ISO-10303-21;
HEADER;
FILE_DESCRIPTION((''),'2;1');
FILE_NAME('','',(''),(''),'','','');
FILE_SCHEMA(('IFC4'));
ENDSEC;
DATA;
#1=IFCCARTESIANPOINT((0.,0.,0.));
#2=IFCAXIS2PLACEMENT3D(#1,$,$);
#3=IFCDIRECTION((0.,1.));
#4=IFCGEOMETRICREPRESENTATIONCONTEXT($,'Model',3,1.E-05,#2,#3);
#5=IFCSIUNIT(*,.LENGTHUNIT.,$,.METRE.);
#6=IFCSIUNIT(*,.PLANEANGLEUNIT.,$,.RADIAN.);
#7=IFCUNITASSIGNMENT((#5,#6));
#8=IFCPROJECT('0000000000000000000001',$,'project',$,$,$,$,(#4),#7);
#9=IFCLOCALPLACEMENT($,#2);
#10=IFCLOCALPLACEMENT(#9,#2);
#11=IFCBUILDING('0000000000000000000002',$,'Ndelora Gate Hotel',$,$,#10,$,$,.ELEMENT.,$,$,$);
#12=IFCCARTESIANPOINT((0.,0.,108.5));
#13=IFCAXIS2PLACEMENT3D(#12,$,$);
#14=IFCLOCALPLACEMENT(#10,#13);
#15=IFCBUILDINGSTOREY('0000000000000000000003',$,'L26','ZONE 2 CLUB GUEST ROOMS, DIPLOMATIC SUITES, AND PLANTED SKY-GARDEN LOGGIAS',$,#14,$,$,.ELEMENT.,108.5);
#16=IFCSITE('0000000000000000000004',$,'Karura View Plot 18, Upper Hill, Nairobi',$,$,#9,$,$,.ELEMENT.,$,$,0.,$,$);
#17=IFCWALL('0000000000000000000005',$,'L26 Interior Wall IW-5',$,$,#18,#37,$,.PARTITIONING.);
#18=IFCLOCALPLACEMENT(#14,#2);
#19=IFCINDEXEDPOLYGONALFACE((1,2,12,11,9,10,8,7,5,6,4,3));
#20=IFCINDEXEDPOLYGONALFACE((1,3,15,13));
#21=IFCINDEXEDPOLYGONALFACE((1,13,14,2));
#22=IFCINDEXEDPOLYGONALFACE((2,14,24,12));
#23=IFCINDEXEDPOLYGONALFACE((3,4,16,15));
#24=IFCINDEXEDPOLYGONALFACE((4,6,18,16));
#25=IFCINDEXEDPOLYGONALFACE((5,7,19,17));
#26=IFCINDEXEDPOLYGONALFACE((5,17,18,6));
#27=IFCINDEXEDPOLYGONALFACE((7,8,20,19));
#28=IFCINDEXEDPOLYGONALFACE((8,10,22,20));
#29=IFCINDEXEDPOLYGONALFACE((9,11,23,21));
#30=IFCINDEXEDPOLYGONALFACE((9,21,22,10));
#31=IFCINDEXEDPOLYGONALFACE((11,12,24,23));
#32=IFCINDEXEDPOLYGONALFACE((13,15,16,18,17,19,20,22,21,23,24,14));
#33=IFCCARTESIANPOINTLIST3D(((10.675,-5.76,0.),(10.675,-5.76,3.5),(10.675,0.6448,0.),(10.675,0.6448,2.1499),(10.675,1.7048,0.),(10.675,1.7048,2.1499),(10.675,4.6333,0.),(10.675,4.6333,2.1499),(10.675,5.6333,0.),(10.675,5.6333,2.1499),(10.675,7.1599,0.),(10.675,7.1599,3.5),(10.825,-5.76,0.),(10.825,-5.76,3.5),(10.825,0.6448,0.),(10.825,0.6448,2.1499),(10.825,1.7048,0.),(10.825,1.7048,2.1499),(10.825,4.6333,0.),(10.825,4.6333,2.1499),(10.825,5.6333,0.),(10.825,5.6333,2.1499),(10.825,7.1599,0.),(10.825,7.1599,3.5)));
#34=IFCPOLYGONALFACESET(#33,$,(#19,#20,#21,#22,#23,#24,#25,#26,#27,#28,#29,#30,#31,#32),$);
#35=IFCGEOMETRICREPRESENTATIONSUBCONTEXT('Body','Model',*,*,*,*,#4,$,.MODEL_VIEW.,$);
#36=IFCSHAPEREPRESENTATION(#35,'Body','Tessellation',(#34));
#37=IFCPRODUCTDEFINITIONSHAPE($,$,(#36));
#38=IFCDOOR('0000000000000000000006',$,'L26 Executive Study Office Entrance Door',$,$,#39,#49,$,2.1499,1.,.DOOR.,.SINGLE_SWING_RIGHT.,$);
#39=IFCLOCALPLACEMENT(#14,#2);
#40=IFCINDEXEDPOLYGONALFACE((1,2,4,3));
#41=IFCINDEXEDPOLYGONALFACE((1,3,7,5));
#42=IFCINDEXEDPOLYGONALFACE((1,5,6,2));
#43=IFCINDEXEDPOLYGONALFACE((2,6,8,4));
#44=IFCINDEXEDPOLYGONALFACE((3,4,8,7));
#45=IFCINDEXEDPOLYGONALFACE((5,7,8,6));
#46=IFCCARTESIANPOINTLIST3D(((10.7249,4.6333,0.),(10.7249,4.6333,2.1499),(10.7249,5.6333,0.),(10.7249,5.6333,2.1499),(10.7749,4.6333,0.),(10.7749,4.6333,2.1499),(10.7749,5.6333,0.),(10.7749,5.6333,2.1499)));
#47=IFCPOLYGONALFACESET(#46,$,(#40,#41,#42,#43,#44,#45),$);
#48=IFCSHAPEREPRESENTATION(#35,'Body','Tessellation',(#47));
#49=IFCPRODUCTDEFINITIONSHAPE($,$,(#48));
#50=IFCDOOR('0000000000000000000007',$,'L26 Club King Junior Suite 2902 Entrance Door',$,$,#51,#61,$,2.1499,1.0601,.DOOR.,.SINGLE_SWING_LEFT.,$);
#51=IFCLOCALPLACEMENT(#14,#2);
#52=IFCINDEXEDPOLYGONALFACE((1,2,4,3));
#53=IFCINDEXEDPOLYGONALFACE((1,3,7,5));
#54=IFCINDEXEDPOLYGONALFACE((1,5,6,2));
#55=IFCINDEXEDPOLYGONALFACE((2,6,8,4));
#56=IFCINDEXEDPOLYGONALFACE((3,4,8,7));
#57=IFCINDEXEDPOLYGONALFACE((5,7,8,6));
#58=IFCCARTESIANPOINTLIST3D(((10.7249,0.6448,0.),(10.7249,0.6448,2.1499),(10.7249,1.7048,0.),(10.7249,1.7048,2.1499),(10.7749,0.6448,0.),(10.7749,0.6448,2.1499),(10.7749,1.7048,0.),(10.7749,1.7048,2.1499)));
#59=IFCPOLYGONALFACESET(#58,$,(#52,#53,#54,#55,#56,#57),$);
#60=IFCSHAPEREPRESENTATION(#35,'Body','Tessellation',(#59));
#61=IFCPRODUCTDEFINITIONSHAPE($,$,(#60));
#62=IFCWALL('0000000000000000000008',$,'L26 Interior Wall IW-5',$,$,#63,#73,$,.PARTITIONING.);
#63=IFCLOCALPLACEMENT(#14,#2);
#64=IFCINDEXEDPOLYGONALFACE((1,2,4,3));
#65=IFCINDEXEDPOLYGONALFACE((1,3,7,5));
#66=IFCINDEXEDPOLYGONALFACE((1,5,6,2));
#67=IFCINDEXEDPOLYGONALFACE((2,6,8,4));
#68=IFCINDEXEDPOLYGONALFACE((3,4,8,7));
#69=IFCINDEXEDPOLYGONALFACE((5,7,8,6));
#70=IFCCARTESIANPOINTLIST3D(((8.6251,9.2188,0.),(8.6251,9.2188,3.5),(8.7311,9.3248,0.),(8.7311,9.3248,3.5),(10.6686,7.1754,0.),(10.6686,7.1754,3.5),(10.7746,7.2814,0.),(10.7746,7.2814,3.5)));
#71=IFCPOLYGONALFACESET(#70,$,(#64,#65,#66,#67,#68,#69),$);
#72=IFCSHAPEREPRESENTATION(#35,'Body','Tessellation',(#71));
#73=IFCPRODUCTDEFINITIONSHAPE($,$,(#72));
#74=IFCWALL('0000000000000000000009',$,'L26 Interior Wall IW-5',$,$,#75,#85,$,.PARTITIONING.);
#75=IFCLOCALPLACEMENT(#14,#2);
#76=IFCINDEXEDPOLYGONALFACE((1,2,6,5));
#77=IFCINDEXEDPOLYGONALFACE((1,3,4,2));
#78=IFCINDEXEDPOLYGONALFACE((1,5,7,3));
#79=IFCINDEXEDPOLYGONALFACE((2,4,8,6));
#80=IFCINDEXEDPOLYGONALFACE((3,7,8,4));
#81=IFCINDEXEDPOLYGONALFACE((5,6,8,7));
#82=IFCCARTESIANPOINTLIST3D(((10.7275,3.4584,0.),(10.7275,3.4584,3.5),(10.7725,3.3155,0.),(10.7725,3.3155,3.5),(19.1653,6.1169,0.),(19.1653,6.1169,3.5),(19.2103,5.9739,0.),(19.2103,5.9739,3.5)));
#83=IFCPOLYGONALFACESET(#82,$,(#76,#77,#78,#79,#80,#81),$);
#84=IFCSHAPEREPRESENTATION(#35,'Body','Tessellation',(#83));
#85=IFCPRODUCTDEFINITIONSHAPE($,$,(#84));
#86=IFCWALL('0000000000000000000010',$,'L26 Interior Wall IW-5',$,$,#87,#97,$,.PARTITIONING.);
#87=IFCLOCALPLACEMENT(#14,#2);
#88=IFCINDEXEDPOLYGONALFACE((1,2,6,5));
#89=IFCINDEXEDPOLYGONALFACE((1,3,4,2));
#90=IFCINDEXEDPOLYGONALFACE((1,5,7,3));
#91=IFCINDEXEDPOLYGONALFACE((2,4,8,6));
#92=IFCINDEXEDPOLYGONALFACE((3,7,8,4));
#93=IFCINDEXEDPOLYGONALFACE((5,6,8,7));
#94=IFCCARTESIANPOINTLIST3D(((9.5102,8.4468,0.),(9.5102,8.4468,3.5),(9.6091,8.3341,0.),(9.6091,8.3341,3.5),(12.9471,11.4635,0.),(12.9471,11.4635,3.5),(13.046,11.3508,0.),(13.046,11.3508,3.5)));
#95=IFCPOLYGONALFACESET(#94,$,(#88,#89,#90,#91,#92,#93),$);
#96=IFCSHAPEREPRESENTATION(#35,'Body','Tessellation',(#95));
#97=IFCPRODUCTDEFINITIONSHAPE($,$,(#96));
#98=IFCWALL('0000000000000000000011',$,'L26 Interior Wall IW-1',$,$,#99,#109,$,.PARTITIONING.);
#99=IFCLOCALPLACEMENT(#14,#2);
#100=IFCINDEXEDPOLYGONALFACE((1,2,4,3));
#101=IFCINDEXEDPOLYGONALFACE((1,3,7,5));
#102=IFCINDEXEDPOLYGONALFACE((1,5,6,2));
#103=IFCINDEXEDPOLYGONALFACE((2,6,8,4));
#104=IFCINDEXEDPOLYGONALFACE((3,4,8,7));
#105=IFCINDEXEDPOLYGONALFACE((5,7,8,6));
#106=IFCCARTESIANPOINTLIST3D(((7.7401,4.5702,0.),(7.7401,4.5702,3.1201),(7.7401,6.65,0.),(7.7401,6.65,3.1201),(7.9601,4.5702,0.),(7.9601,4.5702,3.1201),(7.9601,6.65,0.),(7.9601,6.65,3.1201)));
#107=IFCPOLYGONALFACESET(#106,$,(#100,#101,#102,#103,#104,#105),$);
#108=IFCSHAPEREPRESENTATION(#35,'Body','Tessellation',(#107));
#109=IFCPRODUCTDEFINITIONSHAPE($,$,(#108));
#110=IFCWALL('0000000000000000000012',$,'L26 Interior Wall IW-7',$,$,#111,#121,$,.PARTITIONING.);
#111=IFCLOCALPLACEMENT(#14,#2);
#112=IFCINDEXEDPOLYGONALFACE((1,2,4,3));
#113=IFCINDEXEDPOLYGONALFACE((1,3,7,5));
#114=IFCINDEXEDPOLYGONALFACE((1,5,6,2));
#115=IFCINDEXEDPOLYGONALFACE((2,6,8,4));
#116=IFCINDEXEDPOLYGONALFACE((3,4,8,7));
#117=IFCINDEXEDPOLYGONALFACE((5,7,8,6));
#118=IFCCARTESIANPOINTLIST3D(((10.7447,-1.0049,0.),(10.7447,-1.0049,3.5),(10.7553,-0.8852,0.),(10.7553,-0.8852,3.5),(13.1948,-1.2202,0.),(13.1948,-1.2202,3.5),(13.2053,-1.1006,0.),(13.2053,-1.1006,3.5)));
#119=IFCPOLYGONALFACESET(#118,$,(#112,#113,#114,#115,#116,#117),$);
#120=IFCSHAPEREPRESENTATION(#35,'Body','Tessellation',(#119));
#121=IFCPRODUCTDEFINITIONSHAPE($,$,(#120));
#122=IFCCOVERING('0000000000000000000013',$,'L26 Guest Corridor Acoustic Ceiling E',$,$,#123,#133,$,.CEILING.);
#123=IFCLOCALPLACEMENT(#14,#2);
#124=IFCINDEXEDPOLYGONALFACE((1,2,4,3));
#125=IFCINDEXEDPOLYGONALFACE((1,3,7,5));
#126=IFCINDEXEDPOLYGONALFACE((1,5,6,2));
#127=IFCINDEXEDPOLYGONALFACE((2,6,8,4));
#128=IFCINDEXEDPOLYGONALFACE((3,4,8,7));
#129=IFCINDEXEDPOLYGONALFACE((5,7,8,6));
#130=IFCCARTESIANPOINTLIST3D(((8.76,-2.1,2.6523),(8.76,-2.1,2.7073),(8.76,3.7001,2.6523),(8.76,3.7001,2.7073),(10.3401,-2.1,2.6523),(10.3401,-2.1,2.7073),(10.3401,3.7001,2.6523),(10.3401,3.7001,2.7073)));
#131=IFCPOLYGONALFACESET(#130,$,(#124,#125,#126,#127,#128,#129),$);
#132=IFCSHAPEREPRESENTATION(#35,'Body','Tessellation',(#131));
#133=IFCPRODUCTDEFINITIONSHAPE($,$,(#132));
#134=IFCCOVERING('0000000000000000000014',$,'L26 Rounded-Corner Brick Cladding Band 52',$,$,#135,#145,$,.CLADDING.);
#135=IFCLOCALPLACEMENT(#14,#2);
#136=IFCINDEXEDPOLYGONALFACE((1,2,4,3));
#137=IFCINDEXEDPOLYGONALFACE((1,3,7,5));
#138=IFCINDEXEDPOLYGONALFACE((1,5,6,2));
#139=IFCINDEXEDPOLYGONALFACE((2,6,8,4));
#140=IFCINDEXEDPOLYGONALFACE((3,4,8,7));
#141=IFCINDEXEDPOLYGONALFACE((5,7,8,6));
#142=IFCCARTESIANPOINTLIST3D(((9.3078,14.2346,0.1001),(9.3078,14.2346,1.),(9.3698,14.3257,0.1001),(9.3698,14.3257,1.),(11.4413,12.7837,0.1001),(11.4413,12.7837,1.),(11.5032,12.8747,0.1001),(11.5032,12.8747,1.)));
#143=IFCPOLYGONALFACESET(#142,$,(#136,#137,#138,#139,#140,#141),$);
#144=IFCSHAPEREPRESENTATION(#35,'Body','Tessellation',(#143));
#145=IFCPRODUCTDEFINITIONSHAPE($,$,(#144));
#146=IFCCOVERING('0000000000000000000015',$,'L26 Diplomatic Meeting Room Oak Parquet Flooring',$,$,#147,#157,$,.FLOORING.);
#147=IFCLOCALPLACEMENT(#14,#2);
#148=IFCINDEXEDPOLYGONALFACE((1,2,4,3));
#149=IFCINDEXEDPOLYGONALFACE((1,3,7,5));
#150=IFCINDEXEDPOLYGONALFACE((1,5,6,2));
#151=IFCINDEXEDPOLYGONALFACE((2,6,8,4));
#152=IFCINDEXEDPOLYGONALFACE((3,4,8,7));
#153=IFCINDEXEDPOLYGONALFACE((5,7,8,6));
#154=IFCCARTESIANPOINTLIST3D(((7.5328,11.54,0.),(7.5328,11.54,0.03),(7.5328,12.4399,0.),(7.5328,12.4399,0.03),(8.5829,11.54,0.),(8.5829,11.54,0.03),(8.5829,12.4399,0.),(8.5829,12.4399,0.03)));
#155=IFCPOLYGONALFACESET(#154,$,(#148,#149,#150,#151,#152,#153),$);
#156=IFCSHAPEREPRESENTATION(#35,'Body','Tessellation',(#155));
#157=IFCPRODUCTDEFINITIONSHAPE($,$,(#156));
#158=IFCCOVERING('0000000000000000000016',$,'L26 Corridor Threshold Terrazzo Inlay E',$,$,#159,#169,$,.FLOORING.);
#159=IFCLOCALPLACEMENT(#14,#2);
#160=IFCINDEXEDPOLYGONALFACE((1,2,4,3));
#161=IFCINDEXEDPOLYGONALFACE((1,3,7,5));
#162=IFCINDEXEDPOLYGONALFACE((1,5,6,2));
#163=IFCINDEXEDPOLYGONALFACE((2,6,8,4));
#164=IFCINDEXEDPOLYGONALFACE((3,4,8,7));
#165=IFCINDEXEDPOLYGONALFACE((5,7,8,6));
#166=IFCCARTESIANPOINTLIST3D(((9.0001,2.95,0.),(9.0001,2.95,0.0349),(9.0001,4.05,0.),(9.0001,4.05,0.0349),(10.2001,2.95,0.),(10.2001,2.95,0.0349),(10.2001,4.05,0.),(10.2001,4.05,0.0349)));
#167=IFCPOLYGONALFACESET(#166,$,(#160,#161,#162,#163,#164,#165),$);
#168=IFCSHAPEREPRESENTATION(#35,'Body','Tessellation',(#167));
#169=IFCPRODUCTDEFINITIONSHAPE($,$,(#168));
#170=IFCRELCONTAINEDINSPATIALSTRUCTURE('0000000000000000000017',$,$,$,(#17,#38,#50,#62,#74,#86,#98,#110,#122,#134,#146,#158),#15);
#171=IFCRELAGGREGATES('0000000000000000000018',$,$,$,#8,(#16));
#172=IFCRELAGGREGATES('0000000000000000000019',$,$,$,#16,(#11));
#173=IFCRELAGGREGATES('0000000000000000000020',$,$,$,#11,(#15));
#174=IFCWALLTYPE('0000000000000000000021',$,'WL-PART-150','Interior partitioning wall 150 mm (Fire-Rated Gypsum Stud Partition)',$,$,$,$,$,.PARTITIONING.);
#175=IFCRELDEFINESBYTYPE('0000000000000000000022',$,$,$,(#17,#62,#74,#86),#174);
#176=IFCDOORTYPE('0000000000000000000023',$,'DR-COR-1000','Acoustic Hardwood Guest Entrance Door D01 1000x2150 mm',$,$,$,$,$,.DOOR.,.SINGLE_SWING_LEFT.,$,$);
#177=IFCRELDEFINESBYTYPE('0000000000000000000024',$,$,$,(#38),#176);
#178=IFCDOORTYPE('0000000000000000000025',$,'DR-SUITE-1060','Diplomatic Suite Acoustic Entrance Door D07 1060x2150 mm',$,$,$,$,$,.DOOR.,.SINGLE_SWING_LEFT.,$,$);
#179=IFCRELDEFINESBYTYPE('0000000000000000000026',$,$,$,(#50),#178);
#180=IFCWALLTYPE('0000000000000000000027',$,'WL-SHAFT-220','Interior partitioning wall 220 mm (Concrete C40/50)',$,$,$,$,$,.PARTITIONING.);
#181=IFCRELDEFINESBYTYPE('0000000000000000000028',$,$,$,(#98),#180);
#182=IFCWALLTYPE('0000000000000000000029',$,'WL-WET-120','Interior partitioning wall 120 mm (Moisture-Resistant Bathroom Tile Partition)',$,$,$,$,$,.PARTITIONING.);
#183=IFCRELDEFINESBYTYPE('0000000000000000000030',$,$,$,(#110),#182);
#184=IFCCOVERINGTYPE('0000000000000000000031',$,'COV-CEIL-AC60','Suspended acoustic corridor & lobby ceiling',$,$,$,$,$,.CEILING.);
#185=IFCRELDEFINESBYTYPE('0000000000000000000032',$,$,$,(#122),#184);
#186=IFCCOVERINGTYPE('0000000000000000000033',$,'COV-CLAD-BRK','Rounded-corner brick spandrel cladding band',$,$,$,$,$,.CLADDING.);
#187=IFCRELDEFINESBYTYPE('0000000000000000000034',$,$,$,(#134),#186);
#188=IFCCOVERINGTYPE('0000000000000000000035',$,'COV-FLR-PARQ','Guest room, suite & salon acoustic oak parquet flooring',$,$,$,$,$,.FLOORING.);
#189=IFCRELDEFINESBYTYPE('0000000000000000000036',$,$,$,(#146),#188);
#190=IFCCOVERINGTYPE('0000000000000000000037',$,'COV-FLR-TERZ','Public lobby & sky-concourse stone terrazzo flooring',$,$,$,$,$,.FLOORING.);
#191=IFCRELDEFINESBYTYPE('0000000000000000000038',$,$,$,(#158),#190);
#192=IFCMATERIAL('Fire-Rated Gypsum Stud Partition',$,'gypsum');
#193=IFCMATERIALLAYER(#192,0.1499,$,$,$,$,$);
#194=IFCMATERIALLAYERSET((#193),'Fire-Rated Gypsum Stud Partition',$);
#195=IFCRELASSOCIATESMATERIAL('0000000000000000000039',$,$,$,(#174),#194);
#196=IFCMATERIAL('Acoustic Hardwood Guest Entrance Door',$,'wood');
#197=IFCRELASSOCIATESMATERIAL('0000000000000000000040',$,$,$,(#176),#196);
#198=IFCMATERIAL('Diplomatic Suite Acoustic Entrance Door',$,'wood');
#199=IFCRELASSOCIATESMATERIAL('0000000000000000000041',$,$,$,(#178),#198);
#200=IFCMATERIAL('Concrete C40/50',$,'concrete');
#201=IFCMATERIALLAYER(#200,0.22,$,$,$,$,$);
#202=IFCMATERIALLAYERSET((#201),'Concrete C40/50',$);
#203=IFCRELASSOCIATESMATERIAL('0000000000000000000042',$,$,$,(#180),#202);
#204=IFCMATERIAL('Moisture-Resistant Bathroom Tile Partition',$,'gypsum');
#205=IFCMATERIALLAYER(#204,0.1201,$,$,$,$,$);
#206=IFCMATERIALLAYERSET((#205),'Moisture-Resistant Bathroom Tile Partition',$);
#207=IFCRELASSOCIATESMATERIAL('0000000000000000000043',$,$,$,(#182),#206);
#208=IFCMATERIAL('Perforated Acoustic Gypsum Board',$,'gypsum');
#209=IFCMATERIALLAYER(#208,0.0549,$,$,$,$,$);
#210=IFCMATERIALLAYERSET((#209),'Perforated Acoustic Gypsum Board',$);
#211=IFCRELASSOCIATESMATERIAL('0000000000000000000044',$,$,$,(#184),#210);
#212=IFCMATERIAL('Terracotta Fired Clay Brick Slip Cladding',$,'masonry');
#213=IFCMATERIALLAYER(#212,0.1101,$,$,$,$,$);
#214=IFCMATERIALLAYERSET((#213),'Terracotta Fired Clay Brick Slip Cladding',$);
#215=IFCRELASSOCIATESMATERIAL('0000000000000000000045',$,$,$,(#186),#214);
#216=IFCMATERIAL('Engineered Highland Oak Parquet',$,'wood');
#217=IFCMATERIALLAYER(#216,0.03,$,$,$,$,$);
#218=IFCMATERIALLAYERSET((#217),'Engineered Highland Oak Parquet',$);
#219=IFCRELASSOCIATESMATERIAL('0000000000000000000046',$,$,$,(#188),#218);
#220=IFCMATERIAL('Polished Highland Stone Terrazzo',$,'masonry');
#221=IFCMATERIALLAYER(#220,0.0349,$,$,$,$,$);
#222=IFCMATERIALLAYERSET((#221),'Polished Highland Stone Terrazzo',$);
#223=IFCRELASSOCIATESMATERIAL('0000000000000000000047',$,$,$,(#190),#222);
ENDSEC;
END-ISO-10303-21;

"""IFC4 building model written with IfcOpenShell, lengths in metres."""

from ifc_helpers import new_model, si_unit, direction, frame, frame_2d, origin, origin_2d, place, context, subcontext, project, spatial, rectangle, extrude, material, layer, layer_set, type_object, element, fill, save


model = new_model("IFC4")

# Units and contexts
model_context = context("Model", 3, precision=1e-05, world=origin(), true_north=direction((0.0, 1.0)))
body_context = subcontext(model_context, "Body", "Model", "MODEL_VIEW")
ifc_project = project(units=[si_unit("LENGTHUNIT", "METRE"), si_unit("PLANEANGLEUNIT", "RADIAN")], contexts=[model_context])

# Site, building, storey
site_placement = place(None, origin())
site = spatial("IfcSite", under=ifc_project, at=site_placement, Name="Karura View Plot 18, Upper Hill, Nairobi", CompositionType="ELEMENT", RefElevation=0.0)
building_placement = place(site_placement, origin())
building = spatial("IfcBuilding", under=site, at=building_placement, Name="Ndelora Gate Hotel", CompositionType="ELEMENT")
storey_placement = place(building_placement, frame((0.0, 0.0, 108.5)))
storey = spatial("IfcBuildingStorey", under=building, at=storey_placement, Name="L26", Description="ZONE 2 CLUB GUEST ROOMS, DIPLOMATIC SUITES, AND PLANTED SKY-GARDEN LOGGIAS", CompositionType="ELEMENT", Elevation=108.5)

# Shared definitions
ifc_material_1 = material(Name="Concrete C40/50", Category="concrete")

# Wall, openings, doors
ifc_material_2 = material(Name="Fire-Rated Gypsum Stud Partition", Category="gypsum")
ifc_layer_1 = layer(ifc_material_2, 0.1499)
ifc_layer_set_1 = layer_set([ifc_layer_1], Name="Fire-Rated Gypsum Stud Partition")
wall_type_1 = type_object("IfcWallType", Name="WL-PART-150", Description="Interior partitioning wall 150 mm (Fire-Rated Gypsum Stud Partition)", PredefinedType="PARTITIONING", material=ifc_layer_set_1)
wall_1_placement = place(storey_placement, frame((10.75, 7.1599, 0.0), z_axis=(0.0, 0.0, 1.0), x_axis=(0.0, -1.0, 0.0)))
wall_1 = element("IfcWall", 1, at=wall_1_placement, inside=storey, type_object=wall_type_1, Name="L26 Interior Wall IW-5", PredefinedType="PARTITIONING", context=body_context, shape_type="SweptSolid", body=[
    extrude(rectangle(XDim=12.9199, YDim=0.1499, at=frame_2d((6.46, 0.0))), origin(), (0.0, 0.0, 1.0), 3.5),
])
opening_1_placement = place(wall_1_placement, frame((1.5266, 0.0, 0.0)))
opening_1 = element("IfcOpeningElement", 2, at=opening_1_placement, cuts=wall_1, PredefinedType="OPENING", context=body_context, shape_type="SweptSolid", body=[
    extrude(rectangle(XDim=1.0, YDim=2.1499, at=frame_2d((0.5, 1.075))), frame((0.0, 0.085, 0.0), z_axis=(0.0, -1.0, 0.0), x_axis=(1.0, 0.0, 0.0)), (0.0, 0.0, 1.0), 0.1699),
])
opening_2_placement = place(wall_1_placement, frame((5.4551, 0.0, 0.0)))
opening_2 = element("IfcOpeningElement", 3, at=opening_2_placement, cuts=wall_1, PredefinedType="OPENING", context=body_context, shape_type="SweptSolid", body=[
    extrude(rectangle(XDim=1.0601, YDim=2.1499, at=frame_2d((0.53, 1.075))), frame((0.0, 0.085, 0.0), z_axis=(0.0, -1.0, 0.0), x_axis=(1.0, 0.0, 0.0)), (0.0, 0.0, 1.0), 0.1699),
])
ifc_material_3 = material(Name="Acoustic Hardwood Guest Entrance Door", Category="wood")
door_type_1 = type_object("IfcDoorType", Name="DR-COR-1000", Description="Acoustic Hardwood Guest Entrance Door D01 1000x2150 mm", OperationType="SINGLE_SWING_LEFT", PredefinedType="DOOR", material=ifc_material_3)
door_1_placement = place(opening_1_placement, origin())
door_1 = element("IfcDoor", 4, at=door_1_placement, inside=storey, type_object=door_type_1, Name="L26 Executive Study Office Entrance Door", OperationType="SINGLE_SWING_RIGHT", OverallHeight=2.1499, OverallWidth=1.0, PredefinedType="DOOR", context=body_context, shape_type="SweptSolid", body=[
    extrude(rectangle(XDim=1.0, YDim=2.1499, at=frame_2d((0.5, 1.075))), frame((0.0, 0.0249, 0.0), z_axis=(0.0, -1.0, 0.0), x_axis=(1.0, 0.0, 0.0)), (0.0, 0.0, 1.0), 0.05),
])
fill(opening_1, door_1)
ifc_material_4 = material(Name="Diplomatic Suite Acoustic Entrance Door", Category="wood")
door_type_2 = type_object("IfcDoorType", Name="DR-SUITE-1060", Description="Diplomatic Suite Acoustic Entrance Door D07 1060x2150 mm", OperationType="SINGLE_SWING_LEFT", PredefinedType="DOOR", material=ifc_material_4)
door_2_placement = place(opening_2_placement, origin())
door_2 = element("IfcDoor", 5, at=door_2_placement, inside=storey, type_object=door_type_2, Name="L26 Club King Junior Suite 2902 Entrance Door", OperationType="SINGLE_SWING_LEFT", OverallHeight=2.1499, OverallWidth=1.0601, PredefinedType="DOOR", context=body_context, shape_type="SweptSolid", body=[
    extrude(rectangle(XDim=1.0601, YDim=2.1499, at=frame_2d((0.53, 1.075))), frame((0.0, 0.0249, 0.0), z_axis=(0.0, -1.0, 0.0), x_axis=(1.0, 0.0, 0.0)), (0.0, 0.0, 1.0), 0.05),
])
fill(opening_2, door_2)

# Walls
wall_2_placement = place(storey_placement, frame((8.6782, 9.2717, 0.0), z_axis=(0.0, 0.0, 1.0), x_axis=(0.707107, -0.707107, 0.0)))
element("IfcWall", 6, at=wall_2_placement, inside=storey, type_object=wall_type_1, Name="L26 Interior Wall IW-5", PredefinedType="PARTITIONING", context=body_context, shape_type="SweptSolid", body=[
    extrude(rectangle(XDim=2.8899, YDim=0.1499, at=frame_2d((1.4448, 0.0))), origin(), (0.0, 0.0, 1.0), 3.5),
])
wall_3_placement = place(storey_placement, frame((10.75, 3.387, 0.0), z_axis=(0.0, 0.0, 1.0), x_axis=(0.953781, 0.300504, 0.0)))
element("IfcWall", 7, at=wall_3_placement, inside=storey, type_object=wall_type_1, Name="L26 Interior Wall IW-5", PredefinedType="PARTITIONING", context=body_context, shape_type="SweptSolid", body=[
    extrude(rectangle(XDim=8.8467, YDim=0.1499, at=frame_2d((4.4233, 0.0))), origin(), (0.0, 0.0, 1.0), 3.5),
])
wall_4_placement = place(storey_placement, frame((9.5596, 8.3904, 0.0), z_axis=(0.0, 0.0, 1.0), x_axis=(0.751554, 0.659672, 0.0)))
element("IfcWall", 8, at=wall_4_placement, inside=storey, type_object=wall_type_1, Name="L26 Interior Wall IW-5", PredefinedType="PARTITIONING", context=body_context, shape_type="SweptSolid", body=[
    extrude(rectangle(XDim=4.573, YDim=0.1499, at=frame_2d((2.2866, 0.0))), origin(), (0.0, 0.0, 1.0), 3.5),
])
ifc_layer_2 = layer(ifc_material_1, 0.22)
ifc_layer_set_2 = layer_set([ifc_layer_2], Name="Concrete C40/50")
wall_type_2 = type_object("IfcWallType", Name="WL-SHAFT-220", Description="Interior partitioning wall 220 mm (Concrete C40/50)", PredefinedType="PARTITIONING", material=ifc_layer_set_2)
wall_5_placement = place(storey_placement, frame((7.8501, 4.5701, 0.0), z_axis=(0.0, 0.0, 1.0), x_axis=(0.0, 1.0, 0.0)))
element("IfcWall", 9, at=wall_5_placement, inside=storey, type_object=wall_type_2, Name="L26 Interior Wall IW-1", PredefinedType="PARTITIONING", context=body_context, shape_type="SweptSolid", body=[
    extrude(rectangle(XDim=2.0798, YDim=0.22, at=frame_2d((1.04, 0.0))), origin(), (0.0, 0.0, 1.0), 3.1201),
])
ifc_material_5 = material(Name="Moisture-Resistant Bathroom Tile Partition", Category="gypsum")
ifc_layer_3 = layer(ifc_material_5, 0.1201)
ifc_layer_set_3 = layer_set([ifc_layer_3], Name="Moisture-Resistant Bathroom Tile Partition")
wall_type_3 = type_object("IfcWallType", Name="WL-WET-120", Description="Interior partitioning wall 120 mm (Moisture-Resistant Bathroom Tile Partition)", PredefinedType="PARTITIONING", material=ifc_layer_set_3)
wall_6_placement = place(storey_placement, frame((10.75, -0.9451, 0.0), z_axis=(0.0, 0.0, 1.0), x_axis=(0.99616, -0.087555, 0.0)))
element("IfcWall", 10, at=wall_6_placement, inside=storey, type_object=wall_type_3, Name="L26 Interior Wall IW-7", PredefinedType="PARTITIONING", context=body_context, shape_type="SweptSolid", body=[
    extrude(rectangle(XDim=2.4595, YDim=0.1201, at=frame_2d((1.2297, 0.0))), origin(), (0.0, 0.0, 1.0), 3.5),
])

# Coverings
ifc_material_6 = material(Name="Perforated Acoustic Gypsum Board", Category="gypsum")
ifc_layer_4 = layer(ifc_material_6, 0.0549)
ifc_layer_set_4 = layer_set([ifc_layer_4], Name="Perforated Acoustic Gypsum Board")
covering_type_1 = type_object("IfcCoveringType", Name="COV-CEIL-AC60", Description="Suspended acoustic corridor & lobby ceiling", PredefinedType="CEILING", material=ifc_layer_set_4)
covering_1_placement = place(storey_placement, frame((9.55, 0.8, 2.6523), z_axis=(0.0, 0.0, 1.0), x_axis=(1.0, 0.0, 0.0)))
element("IfcCovering", 11, at=covering_1_placement, inside=storey, type_object=covering_type_1, Name="L26 Guest Corridor Acoustic Ceiling E", PredefinedType="CEILING", context=body_context, shape_type="SweptSolid", body=[
    extrude(rectangle(XDim=1.5801, YDim=5.8, at=origin_2d()), origin(), (0.0, 0.0, 1.0), 0.0549),
])
ifc_material_7 = material(Name="Terracotta Fired Clay Brick Slip Cladding", Category="masonry")
ifc_layer_5 = layer(ifc_material_7, 0.1101)
ifc_layer_set_5 = layer_set([ifc_layer_5], Name="Terracotta Fired Clay Brick Slip Cladding")
covering_type_2 = type_object("IfcCoveringType", Name="COV-CLAD-BRK", Description="Rounded-corner brick spandrel cladding band", PredefinedType="CLADDING", material=ifc_layer_set_5)
covering_2_placement = place(storey_placement, frame((10.4055, 13.5547, 0.1001), z_axis=(0.0, 0.0, 1.0), x_axis=(-0.826884, 0.562372, 0.0)))
element("IfcCovering", 12, at=covering_2_placement, inside=storey, type_object=covering_type_2, Name="L26 Rounded-Corner Brick Cladding Band 52", PredefinedType="CLADDING", context=body_context, shape_type="SweptSolid", body=[
    extrude(rectangle(XDim=2.5801, YDim=0.1101, at=origin_2d()), origin(), (0.0, 0.0, 1.0), 0.8999),
])
ifc_material_8 = material(Name="Engineered Highland Oak Parquet", Category="wood")
ifc_layer_6 = layer(ifc_material_8, 0.03)
ifc_layer_set_6 = layer_set([ifc_layer_6], Name="Engineered Highland Oak Parquet")
covering_type_3 = type_object("IfcCoveringType", Name="COV-FLR-PARQ", Description="Guest room, suite & salon acoustic oak parquet flooring", PredefinedType="FLOORING", material=ifc_layer_set_6)
covering_3_placement = place(storey_placement, frame((8.0579, 11.99, 0.0), z_axis=(0.0, 0.0, 1.0), x_axis=(1.0, 0.0, 0.0)))
element("IfcCovering", 13, at=covering_3_placement, inside=storey, type_object=covering_type_3, Name="L26 Diplomatic Meeting Room Oak Parquet Flooring", PredefinedType="FLOORING", context=body_context, shape_type="SweptSolid", body=[
    extrude(rectangle(XDim=1.05, YDim=0.8999, at=origin_2d()), origin(), (0.0, 0.0, 1.0), 0.03),
])
ifc_material_9 = material(Name="Polished Highland Stone Terrazzo", Category="masonry")
ifc_layer_7 = layer(ifc_material_9, 0.0349)
ifc_layer_set_7 = layer_set([ifc_layer_7], Name="Polished Highland Stone Terrazzo")
covering_type_4 = type_object("IfcCoveringType", Name="COV-FLR-TERZ", Description="Public lobby & sky-concourse stone terrazzo flooring", PredefinedType="FLOORING", material=ifc_layer_set_7)
covering_4_placement = place(storey_placement, frame((9.6001, 3.5, 0.0), z_axis=(0.0, 0.0, 1.0), x_axis=(1.0, 0.0, 0.0)))
element("IfcCovering", 14, at=covering_4_placement, inside=storey, type_object=covering_type_4, Name="L26 Corridor Threshold Terrazzo Inlay E", PredefinedType="FLOORING", context=body_context, shape_type="SweptSolid", body=[
    extrude(rectangle(XDim=1.2, YDim=1.1001, at=origin_2d()), origin(), (0.0, 0.0, 1.0), 0.0349),
])

save(model, "model.ifc")
